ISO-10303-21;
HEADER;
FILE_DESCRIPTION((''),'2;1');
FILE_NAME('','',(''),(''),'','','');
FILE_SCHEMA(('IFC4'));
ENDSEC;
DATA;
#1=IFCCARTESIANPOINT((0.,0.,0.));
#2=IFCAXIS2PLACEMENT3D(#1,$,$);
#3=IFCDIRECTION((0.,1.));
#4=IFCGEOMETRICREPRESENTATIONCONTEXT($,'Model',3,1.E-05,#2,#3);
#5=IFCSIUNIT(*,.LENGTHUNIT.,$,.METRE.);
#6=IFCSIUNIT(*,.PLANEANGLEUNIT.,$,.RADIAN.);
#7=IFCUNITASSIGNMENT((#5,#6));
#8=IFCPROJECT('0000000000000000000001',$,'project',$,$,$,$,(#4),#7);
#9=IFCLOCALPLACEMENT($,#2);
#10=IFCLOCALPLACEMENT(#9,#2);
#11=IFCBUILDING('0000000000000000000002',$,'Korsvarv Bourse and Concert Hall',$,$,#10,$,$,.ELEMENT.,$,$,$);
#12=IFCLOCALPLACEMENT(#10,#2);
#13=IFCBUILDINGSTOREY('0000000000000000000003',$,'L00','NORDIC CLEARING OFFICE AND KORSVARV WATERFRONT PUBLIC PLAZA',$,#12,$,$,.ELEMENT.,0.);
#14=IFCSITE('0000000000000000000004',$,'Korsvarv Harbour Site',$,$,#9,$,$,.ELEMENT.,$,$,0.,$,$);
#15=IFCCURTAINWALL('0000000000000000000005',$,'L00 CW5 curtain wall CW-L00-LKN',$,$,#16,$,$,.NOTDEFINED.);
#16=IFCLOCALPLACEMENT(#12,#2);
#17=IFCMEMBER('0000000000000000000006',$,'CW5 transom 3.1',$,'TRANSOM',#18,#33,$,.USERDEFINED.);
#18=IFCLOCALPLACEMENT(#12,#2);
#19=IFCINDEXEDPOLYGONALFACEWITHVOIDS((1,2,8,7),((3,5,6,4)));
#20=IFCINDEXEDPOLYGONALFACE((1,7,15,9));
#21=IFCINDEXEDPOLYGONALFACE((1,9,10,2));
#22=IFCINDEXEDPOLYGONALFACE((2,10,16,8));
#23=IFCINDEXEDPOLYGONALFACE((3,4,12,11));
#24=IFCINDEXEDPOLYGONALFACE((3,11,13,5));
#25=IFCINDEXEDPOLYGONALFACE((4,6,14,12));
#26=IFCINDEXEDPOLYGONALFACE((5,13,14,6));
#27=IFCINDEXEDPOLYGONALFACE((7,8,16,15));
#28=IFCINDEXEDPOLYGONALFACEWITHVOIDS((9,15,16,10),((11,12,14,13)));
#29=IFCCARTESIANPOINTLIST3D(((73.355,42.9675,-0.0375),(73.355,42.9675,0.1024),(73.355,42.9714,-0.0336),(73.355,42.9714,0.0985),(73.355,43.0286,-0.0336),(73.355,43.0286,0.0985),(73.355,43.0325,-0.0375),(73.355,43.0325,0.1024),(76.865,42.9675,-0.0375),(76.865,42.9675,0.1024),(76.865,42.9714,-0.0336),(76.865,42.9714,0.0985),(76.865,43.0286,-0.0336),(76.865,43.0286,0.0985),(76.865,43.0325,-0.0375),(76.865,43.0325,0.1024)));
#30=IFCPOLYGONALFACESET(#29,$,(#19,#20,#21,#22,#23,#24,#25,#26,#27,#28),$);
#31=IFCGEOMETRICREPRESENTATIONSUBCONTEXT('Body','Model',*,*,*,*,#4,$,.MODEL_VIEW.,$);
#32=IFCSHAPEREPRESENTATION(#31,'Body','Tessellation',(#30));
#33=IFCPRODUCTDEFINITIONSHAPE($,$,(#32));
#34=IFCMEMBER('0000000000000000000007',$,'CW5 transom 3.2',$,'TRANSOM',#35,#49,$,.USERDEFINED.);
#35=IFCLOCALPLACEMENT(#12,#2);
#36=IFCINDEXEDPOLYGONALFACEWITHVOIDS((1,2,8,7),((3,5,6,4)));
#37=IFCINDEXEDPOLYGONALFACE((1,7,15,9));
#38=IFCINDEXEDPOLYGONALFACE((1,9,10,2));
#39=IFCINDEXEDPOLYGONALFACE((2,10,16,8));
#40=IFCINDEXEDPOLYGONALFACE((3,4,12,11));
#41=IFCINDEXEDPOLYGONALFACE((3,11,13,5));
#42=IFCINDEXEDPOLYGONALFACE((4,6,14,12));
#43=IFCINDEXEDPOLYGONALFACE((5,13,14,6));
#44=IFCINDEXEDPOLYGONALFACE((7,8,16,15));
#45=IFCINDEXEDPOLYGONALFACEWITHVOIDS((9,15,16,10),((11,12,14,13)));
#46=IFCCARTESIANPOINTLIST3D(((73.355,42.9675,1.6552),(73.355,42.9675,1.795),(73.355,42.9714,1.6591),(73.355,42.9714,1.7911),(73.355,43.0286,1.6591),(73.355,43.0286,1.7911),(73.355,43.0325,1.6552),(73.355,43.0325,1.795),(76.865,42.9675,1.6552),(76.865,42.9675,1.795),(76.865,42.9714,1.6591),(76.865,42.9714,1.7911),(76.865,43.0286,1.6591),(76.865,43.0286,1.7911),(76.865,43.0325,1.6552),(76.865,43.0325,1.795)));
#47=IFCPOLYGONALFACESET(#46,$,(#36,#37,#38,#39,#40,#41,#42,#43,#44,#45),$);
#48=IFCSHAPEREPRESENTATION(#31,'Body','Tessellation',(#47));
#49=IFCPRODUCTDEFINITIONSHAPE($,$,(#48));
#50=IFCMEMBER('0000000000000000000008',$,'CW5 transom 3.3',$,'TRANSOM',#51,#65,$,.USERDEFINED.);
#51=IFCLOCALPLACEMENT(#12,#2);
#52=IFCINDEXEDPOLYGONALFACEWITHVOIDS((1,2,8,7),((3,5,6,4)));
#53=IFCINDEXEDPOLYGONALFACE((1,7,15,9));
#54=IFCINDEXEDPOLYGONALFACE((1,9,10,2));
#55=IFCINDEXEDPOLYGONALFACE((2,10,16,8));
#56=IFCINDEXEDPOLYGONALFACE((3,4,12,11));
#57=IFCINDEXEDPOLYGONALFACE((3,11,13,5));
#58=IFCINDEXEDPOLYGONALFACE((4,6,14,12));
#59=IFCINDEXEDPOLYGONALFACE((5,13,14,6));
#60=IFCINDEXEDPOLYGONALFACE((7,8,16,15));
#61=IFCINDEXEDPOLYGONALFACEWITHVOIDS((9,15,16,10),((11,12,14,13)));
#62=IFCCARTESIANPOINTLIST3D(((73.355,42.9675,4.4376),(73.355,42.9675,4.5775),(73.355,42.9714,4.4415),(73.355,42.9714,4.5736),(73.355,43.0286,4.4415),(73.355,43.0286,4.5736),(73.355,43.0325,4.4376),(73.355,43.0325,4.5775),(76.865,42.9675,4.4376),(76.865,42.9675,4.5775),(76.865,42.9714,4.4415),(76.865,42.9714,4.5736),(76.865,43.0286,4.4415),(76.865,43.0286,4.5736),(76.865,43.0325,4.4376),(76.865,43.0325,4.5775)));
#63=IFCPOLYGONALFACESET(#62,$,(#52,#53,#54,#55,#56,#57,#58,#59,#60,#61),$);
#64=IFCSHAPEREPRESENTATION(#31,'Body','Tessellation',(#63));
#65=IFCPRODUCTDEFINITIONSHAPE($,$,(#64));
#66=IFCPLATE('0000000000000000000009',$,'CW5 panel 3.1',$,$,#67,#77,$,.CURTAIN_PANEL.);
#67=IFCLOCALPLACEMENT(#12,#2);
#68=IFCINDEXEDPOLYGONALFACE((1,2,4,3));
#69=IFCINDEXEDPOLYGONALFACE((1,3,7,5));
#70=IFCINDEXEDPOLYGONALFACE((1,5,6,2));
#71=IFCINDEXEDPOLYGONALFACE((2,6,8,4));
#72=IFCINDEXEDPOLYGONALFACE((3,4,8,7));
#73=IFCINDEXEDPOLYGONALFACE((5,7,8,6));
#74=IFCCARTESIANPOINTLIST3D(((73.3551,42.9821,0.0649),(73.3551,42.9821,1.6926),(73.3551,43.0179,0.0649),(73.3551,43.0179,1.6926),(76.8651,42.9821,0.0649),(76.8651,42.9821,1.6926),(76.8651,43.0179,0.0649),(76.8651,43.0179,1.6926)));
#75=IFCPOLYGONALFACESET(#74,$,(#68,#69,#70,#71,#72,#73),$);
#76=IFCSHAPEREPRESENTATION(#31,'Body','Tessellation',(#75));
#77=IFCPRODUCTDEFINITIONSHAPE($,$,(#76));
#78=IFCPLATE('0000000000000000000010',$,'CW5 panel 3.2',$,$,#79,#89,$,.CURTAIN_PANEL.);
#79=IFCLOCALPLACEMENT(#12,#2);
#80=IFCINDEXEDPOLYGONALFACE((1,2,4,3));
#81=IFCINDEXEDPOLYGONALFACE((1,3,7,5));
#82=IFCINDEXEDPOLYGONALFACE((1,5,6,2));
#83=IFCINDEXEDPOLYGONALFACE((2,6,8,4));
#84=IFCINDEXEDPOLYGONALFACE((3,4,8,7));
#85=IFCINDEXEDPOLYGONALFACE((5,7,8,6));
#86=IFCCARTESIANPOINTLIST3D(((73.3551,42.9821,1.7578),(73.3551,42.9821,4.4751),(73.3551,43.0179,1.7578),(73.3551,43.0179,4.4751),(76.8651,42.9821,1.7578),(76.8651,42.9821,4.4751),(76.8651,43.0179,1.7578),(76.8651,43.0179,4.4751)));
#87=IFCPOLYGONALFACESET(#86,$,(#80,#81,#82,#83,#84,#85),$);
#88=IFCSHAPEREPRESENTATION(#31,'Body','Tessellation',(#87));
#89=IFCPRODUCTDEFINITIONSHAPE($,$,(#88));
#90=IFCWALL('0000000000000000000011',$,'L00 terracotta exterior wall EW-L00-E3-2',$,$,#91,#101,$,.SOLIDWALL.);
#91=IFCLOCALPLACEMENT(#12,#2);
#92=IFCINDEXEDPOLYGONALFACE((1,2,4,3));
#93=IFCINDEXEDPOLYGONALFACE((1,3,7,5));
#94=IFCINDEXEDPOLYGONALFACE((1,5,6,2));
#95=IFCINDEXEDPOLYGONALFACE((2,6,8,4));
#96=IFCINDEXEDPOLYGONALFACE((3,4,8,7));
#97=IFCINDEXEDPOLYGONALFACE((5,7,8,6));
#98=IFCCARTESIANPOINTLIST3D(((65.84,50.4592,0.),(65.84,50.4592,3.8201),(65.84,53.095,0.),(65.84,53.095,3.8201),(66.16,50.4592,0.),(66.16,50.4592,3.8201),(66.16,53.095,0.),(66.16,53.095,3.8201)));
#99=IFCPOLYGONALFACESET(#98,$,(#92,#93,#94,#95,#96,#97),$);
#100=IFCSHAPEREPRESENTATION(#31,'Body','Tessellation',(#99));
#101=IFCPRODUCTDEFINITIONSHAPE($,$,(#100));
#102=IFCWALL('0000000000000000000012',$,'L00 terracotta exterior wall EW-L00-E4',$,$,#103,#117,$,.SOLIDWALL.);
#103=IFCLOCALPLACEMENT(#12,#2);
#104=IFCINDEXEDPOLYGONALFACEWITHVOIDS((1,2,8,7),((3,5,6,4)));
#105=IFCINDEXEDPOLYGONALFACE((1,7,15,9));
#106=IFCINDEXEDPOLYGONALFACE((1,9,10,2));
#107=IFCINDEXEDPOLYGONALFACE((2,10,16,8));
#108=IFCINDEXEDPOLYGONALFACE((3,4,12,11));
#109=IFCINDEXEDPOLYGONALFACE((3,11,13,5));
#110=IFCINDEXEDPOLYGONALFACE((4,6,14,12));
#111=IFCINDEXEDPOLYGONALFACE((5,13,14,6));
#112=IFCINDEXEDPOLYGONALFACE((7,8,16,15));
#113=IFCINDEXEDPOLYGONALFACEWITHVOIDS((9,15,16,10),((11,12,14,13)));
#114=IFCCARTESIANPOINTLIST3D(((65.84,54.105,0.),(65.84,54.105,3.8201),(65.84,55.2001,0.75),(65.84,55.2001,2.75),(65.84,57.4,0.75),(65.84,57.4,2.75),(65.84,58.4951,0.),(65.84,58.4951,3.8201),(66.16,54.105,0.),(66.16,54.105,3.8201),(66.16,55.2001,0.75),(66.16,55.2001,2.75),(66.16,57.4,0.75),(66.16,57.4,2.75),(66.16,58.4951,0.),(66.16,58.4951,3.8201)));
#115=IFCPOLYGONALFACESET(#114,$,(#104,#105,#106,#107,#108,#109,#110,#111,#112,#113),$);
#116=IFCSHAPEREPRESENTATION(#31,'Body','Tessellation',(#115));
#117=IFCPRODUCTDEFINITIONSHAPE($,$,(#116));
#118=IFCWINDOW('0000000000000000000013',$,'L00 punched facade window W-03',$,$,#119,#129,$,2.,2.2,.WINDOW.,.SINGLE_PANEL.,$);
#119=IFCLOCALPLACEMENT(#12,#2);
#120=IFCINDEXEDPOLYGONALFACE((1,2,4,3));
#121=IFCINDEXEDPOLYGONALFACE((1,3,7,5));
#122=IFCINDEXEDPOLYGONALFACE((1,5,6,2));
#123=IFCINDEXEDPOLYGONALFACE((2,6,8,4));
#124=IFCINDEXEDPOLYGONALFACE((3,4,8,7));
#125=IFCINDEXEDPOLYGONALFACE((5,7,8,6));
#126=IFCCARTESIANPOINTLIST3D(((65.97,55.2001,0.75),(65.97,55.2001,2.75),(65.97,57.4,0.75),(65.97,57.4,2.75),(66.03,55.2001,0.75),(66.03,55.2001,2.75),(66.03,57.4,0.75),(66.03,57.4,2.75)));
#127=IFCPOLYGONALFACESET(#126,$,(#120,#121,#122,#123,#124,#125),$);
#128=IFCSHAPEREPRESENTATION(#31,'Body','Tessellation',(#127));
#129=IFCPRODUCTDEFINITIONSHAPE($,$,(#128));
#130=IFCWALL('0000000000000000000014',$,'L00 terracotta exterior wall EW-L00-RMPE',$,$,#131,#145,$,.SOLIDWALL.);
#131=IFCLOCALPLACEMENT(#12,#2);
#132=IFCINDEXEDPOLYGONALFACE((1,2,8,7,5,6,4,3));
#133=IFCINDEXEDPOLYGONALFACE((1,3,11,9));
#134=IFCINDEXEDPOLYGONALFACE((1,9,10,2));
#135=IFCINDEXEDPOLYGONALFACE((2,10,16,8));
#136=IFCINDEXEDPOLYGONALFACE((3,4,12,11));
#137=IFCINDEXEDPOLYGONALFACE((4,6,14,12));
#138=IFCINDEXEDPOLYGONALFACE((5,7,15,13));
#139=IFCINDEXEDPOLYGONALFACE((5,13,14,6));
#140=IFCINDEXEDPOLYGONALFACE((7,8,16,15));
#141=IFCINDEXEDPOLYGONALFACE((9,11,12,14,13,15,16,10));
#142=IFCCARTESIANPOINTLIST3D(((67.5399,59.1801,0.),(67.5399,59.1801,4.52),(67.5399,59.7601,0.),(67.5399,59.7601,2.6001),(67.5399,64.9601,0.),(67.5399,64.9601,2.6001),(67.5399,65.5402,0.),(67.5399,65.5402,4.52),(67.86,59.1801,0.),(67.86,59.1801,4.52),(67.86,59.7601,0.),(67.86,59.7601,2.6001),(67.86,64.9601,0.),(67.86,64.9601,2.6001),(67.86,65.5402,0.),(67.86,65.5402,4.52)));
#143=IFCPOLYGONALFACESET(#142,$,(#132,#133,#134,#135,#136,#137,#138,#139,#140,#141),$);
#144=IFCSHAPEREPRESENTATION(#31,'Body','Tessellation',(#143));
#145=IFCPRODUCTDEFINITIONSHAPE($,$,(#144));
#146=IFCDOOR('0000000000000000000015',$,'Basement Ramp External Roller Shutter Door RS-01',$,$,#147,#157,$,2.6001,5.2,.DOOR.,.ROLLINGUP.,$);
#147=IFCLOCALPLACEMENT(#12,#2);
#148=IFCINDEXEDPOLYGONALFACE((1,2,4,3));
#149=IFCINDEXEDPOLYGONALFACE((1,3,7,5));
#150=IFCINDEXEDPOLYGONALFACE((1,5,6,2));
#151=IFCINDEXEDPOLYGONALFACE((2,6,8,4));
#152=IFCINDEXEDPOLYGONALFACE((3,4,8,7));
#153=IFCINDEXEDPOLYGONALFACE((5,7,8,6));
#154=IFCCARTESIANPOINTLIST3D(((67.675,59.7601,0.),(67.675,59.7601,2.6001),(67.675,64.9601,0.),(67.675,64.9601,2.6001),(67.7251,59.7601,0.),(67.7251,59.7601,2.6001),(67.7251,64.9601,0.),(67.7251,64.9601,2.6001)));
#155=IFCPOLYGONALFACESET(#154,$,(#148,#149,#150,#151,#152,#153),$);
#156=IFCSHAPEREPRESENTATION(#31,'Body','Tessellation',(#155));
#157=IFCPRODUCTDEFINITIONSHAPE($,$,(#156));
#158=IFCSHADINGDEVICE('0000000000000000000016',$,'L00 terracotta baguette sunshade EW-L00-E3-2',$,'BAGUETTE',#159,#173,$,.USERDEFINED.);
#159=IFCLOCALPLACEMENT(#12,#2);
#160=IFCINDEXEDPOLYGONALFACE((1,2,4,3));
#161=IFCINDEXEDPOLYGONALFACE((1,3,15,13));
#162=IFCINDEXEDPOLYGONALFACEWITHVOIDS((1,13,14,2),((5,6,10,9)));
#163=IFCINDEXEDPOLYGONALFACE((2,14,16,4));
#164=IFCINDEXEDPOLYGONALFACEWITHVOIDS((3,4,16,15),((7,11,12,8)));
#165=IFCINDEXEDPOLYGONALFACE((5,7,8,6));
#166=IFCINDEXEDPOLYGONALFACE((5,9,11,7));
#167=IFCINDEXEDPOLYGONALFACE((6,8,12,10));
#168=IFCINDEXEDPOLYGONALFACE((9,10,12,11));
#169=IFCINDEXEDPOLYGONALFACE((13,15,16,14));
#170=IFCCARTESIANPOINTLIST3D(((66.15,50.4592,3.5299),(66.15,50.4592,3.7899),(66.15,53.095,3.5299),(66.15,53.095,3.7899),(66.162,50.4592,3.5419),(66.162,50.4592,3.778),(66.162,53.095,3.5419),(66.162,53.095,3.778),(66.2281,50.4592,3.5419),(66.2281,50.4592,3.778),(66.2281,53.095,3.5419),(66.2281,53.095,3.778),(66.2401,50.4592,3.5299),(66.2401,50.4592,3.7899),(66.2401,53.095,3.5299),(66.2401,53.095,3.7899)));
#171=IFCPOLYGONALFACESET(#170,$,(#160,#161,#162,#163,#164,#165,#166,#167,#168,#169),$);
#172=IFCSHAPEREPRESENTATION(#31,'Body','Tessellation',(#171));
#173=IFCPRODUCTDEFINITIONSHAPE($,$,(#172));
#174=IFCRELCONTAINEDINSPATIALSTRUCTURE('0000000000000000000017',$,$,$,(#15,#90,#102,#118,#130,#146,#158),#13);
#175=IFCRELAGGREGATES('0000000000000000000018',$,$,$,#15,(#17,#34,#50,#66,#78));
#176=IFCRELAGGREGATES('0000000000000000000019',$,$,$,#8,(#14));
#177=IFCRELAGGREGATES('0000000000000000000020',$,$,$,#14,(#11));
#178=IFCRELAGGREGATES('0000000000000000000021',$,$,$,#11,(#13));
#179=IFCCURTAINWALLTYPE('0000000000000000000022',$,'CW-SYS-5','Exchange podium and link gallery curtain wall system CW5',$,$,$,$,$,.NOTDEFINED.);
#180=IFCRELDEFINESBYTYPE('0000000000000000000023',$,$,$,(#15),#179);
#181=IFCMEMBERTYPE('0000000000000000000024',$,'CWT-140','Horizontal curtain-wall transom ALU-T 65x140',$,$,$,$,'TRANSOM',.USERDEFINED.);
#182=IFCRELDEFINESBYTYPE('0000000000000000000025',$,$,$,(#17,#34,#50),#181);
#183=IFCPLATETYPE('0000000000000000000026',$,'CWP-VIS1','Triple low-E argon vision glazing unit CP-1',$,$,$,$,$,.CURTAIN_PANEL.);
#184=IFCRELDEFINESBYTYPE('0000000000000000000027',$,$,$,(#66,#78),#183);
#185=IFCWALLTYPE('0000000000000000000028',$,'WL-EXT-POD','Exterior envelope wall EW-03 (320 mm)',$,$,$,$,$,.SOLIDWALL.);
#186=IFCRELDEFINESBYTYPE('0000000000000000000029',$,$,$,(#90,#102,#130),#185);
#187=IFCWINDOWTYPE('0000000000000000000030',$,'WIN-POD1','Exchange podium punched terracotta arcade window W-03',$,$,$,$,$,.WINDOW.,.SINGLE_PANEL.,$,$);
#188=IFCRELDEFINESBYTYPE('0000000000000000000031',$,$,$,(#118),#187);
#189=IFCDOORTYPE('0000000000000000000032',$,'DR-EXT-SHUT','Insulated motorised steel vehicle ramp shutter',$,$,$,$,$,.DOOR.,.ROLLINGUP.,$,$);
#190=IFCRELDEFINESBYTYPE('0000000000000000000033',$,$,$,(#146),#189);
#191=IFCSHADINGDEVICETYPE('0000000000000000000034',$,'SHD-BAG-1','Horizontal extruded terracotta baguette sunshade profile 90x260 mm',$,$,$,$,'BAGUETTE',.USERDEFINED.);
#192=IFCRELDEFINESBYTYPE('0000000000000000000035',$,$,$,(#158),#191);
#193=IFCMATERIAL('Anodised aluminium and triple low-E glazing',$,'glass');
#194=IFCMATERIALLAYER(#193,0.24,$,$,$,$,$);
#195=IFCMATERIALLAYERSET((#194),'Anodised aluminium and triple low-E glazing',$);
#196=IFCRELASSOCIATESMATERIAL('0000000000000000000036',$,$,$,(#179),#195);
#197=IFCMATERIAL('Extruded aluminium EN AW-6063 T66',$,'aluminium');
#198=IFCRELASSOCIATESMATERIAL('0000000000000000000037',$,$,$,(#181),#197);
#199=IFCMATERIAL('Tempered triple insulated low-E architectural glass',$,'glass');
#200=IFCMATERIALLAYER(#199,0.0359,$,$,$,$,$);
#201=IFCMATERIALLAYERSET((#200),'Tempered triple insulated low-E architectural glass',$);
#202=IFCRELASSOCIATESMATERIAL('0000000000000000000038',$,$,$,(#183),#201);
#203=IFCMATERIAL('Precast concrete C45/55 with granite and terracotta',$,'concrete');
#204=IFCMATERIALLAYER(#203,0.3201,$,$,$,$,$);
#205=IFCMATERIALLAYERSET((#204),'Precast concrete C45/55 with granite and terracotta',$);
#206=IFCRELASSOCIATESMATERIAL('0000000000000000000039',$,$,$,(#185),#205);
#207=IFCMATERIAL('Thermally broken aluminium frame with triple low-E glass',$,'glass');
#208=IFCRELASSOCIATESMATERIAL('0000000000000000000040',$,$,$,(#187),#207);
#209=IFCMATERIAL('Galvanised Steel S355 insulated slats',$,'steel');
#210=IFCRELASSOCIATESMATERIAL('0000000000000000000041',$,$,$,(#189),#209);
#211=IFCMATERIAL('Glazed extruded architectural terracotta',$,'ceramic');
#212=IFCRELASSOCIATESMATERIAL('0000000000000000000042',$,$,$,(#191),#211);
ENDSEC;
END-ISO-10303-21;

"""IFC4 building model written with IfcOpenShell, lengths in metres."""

from ifc_helpers import new_model, si_unit, direction, frame, frame_2d, origin, origin_2d, place, context, subcontext, project, spatial, rectangle, hollow_rectangle, extrude, source, transform, mapped, material, layer, layer_set, material_profile, profile_set, type_object, element, fill, aggregate, save


model = new_model("IFC4")

# Units and contexts
model_context = context("Model", 3, precision=1e-05, world=origin(), true_north=direction((0.0, 1.0)))
body_context = subcontext(model_context, "Body", "Model", "MODEL_VIEW")
ifc_project = project(units=[si_unit("LENGTHUNIT", "METRE"), si_unit("PLANEANGLEUNIT", "RADIAN")], contexts=[model_context])

# Site, building, storey
site_placement = place(None, origin())
site = spatial("IfcSite", under=ifc_project, at=site_placement, Name="Korsvarv Harbour Site", CompositionType="ELEMENT", RefElevation=0.0)
building_placement = place(site_placement, origin())
building = spatial("IfcBuilding", under=site, at=building_placement, Name="Korsvarv Bourse and Concert Hall", CompositionType="ELEMENT")
storey_placement = place(building_placement, origin())
storey = spatial("IfcBuildingStorey", under=building, at=storey_placement, Name="L00", Description="NORDIC CLEARING OFFICE AND KORSVARV WATERFRONT PUBLIC PLAZA", CompositionType="ELEMENT", Elevation=0.0)

# Curtain wall, members, plates
ifc_material_1 = material(Name="Anodised aluminium and triple low-E glazing", Category="glass")
ifc_layer_1 = layer(ifc_material_1, 0.24)
ifc_layer_set_1 = layer_set([ifc_layer_1], Name="Anodised aluminium and triple low-E glazing")
curtain_wall_type = type_object("IfcCurtainWallType", Name="CW-SYS-5", Description="Exchange podium and link gallery curtain wall system CW5", PredefinedType="NOTDEFINED", material=ifc_layer_set_1)
curtain_wall_placement = place(storey_placement, origin())
curtain_wall = element("IfcCurtainWall", 1, at=curtain_wall_placement, inside=storey, type_object=curtain_wall_type, Name="L00 CW5 curtain wall CW-L00-LKN", PredefinedType="NOTDEFINED")
ifc_material_2 = material(Name="Extruded aluminium EN AW-6063 T66", Category="aluminium")
ifc_material_profile_1 = material_profile(ifc_material_2, hollow_rectangle(XDim=0.0649, YDim=0.1399, WallThickness=0.0039, at=origin_2d()), Name="ALU-T 65x140")
ifc_profile_set_1 = profile_set([ifc_material_profile_1], Name="Extruded aluminium EN AW-6063 T66")
member_type_1 = type_object("IfcMemberType", Name="CWT-140", Description="Horizontal curtain-wall transom ALU-T 65x140", ElementType="TRANSOM", PredefinedType="USERDEFINED", material=ifc_profile_set_1)
shared_shape_1 = source(origin(), body_context, "Body", "SweptSolid", [
    extrude(hollow_rectangle(XDim=0.0649, YDim=0.1399, WallThickness=0.0039, at=origin_2d()), origin(), (0.0, 0.0, 1.0), 3.51),
])
member_1_placement = place(storey_placement, frame((73.355, 43.0, 0.0325), z_axis=(1.0, 0.0, 0.0), x_axis=(0.0, 1.0, 0.0)))
member_1 = element("IfcMember", 2, at=member_1_placement, type_object=member_type_1, Name="CW5 transom 3.1", ObjectType="TRANSOM", PredefinedType="USERDEFINED", context=body_context, shape_type="MappedRepresentation", body=[
    mapped(shared_shape_1, transform((0.0, 0.0, 0.0), scale=1.0)),
])
member_2_placement = place(storey_placement, frame((73.355, 43.0, 1.7251), z_axis=(1.0, 0.0, 0.0), x_axis=(0.0, 1.0, 0.0)))
member_2 = element("IfcMember", 3, at=member_2_placement, type_object=member_type_1, Name="CW5 transom 3.2", ObjectType="TRANSOM", PredefinedType="USERDEFINED", context=body_context, shape_type="MappedRepresentation", body=[
    mapped(shared_shape_1, transform((0.0, 0.0, 0.0), scale=1.0)),
])
member_3_placement = place(storey_placement, frame((73.355, 43.0, 4.5076), z_axis=(1.0, 0.0, 0.0), x_axis=(0.0, 1.0, 0.0)))
member_3 = element("IfcMember", 4, at=member_3_placement, type_object=member_type_1, Name="CW5 transom 3.3", ObjectType="TRANSOM", PredefinedType="USERDEFINED", context=body_context, shape_type="MappedRepresentation", body=[
    mapped(shared_shape_1, transform((0.0, 0.0, 0.0), scale=1.0)),
])
ifc_material_3 = material(Name="Tempered triple insulated low-E architectural glass", Category="glass")
ifc_layer_2 = layer(ifc_material_3, 0.0359)
ifc_layer_set_2 = layer_set([ifc_layer_2], Name="Tempered triple insulated low-E architectural glass")
plate_type = type_object("IfcPlateType", Name="CWP-VIS1", Description="Triple low-E argon vision glazing unit CP-1", PredefinedType="CURTAIN_PANEL", material=ifc_layer_set_2)
shared_shape_2 = source(origin(), body_context, "Body", "SweptSolid", [
    extrude(rectangle(XDim=3.51, YDim=0.0359, at=origin_2d()), origin(), (0.0, 0.0, 1.0), 1.6277),
])
plate_1_placement = place(storey_placement, frame((75.1101, 43.0, 0.0649), z_axis=(0.0, 0.0, 1.0), x_axis=(1.0, 0.0, 0.0)))
plate_1 = element("IfcPlate", 5, at=plate_1_placement, type_object=plate_type, Name="CW5 panel 3.1", PredefinedType="CURTAIN_PANEL", context=body_context, shape_type="MappedRepresentation", body=[
    mapped(shared_shape_2, transform((0.0, 0.0, 0.0), scale=1.0)),
])
shared_shape_3 = source(origin(), body_context, "Body", "SweptSolid", [
    extrude(rectangle(XDim=3.51, YDim=0.0359, at=origin_2d()), origin(), (0.0, 0.0, 1.0), 2.7173),
])
plate_2_placement = place(storey_placement, frame((75.1101, 43.0, 1.7578), z_axis=(0.0, 0.0, 1.0), x_axis=(1.0, 0.0, 0.0)))
plate_2 = element("IfcPlate", 6, at=plate_2_placement, type_object=plate_type, Name="CW5 panel 3.2", PredefinedType="CURTAIN_PANEL", context=body_context, shape_type="MappedRepresentation", body=[
    mapped(shared_shape_3, transform((0.0, 0.0, 0.0), scale=1.0)),
])
aggregate(curtain_wall, [member_1, member_2, member_3, plate_1, plate_2])

# Wall
ifc_material_4 = material(Name="Precast concrete C45/55 with granite and terracotta", Category="concrete")
ifc_layer_3 = layer(ifc_material_4, 0.3201)
ifc_layer_set_3 = layer_set([ifc_layer_3], Name="Precast concrete C45/55 with granite and terracotta")
wall_type = type_object("IfcWallType", Name="WL-EXT-POD", Description="Exterior envelope wall EW-03 (320 mm)", PredefinedType="SOLIDWALL", material=ifc_layer_set_3)
wall_1_placement = place(storey_placement, frame((66.0, 50.4592, 0.0), z_axis=(0.0, 0.0, 1.0), x_axis=(0.0, 1.0, 0.0)))
element("IfcWall", 7, at=wall_1_placement, inside=storey, type_object=wall_type, Name="L00 terracotta exterior wall EW-L00-E3-2", PredefinedType="SOLIDWALL", context=body_context, shape_type="SweptSolid", body=[
    extrude(rectangle(XDim=2.6357, YDim=0.3201, at=frame_2d((1.3179, 0.0))), origin(), (0.0, 0.0, 1.0), 3.8201),
])

# Wall, opening, window
wall_2_placement = place(storey_placement, frame((66.0, 54.105, 0.0), z_axis=(0.0, 0.0, 1.0), x_axis=(0.0, 1.0, 0.0)))
wall_2 = element("IfcWall", 8, at=wall_2_placement, inside=storey, type_object=wall_type, Name="L00 terracotta exterior wall EW-L00-E4", PredefinedType="SOLIDWALL", context=body_context, shape_type="SweptSolid", body=[
    extrude(rectangle(XDim=4.3901, YDim=0.3201, at=frame_2d((2.1951, 0.0))), origin(), (0.0, 0.0, 1.0), 3.8201),
])
opening_1_placement = place(wall_2_placement, frame((1.095, 0.0, 0.75)))
opening_1 = element("IfcOpeningElement", 9, at=opening_1_placement, cuts=wall_2, PredefinedType="OPENING", context=body_context, shape_type="SweptSolid", body=[
    extrude(rectangle(XDim=2.2, YDim=2.0, at=frame_2d((1.1001, 1.0))), frame((0.0, 0.1699, 0.0), z_axis=(0.0, -1.0, 0.0), x_axis=(1.0, 0.0, 0.0)), (0.0, 0.0, 1.0), 0.3401),
])
ifc_material_5 = material(Name="Thermally broken aluminium frame with triple low-E glass", Category="glass")
window_type = type_object("IfcWindowType", Name="WIN-POD1", Description="Exchange podium punched terracotta arcade window W-03", PartitioningType="SINGLE_PANEL", PredefinedType="WINDOW", material=ifc_material_5)
window_placement = place(opening_1_placement, origin())
window = element("IfcWindow", 10, at=window_placement, inside=storey, type_object=window_type, Name="L00 punched facade window W-03", OverallHeight=2.0, OverallWidth=2.2, PartitioningType="SINGLE_PANEL", PredefinedType="WINDOW", context=body_context, shape_type="SweptSolid", body=[
    extrude(rectangle(XDim=2.2, YDim=2.0, at=frame_2d((1.1001, 1.0))), frame((0.0, 0.03, 0.0), z_axis=(0.0, -1.0, 0.0), x_axis=(1.0, 0.0, 0.0)), (0.0, 0.0, 1.0), 0.0601),
])
fill(opening_1, window)

# Wall, opening, door
wall_3_placement = place(storey_placement, frame((67.7, 59.1799, 0.0), z_axis=(0.0, 0.0, 1.0), x_axis=(0.0, 1.0, 0.0)))
wall_3 = element("IfcWall", 11, at=wall_3_placement, inside=storey, type_object=wall_type, Name="L00 terracotta exterior wall EW-L00-RMPE", PredefinedType="SOLIDWALL", context=body_context, shape_type="SweptSolid", body=[
    extrude(rectangle(XDim=6.3601, YDim=0.3201, at=frame_2d((3.1802, 0.0))), origin(), (0.0, 0.0, 1.0), 4.52),
])
opening_2_placement = place(wall_3_placement, frame((0.5801, 0.0, 0.0)))
opening_2 = element("IfcOpeningElement", 12, at=opening_2_placement, cuts=wall_3, PredefinedType="OPENING", context=body_context, shape_type="SweptSolid", body=[
    extrude(rectangle(XDim=5.2, YDim=2.6001, at=frame_2d((2.6001, 1.3))), frame((0.0, 0.1699, 0.0), z_axis=(0.0, -1.0, 0.0), x_axis=(1.0, 0.0, 0.0)), (0.0, 0.0, 1.0), 0.3401),
])
ifc_material_6 = material(Name="Galvanised Steel S355 insulated slats", Category="steel")
door_type = type_object("IfcDoorType", Name="DR-EXT-SHUT", Description="Insulated motorised steel vehicle ramp shutter", OperationType="ROLLINGUP", PredefinedType="DOOR", material=ifc_material_6)
door_placement = place(opening_2_placement, origin())
door = element("IfcDoor", 13, at=door_placement, inside=storey, type_object=door_type, Name="Basement Ramp External Roller Shutter Door RS-01", OperationType="ROLLINGUP", OverallHeight=2.6001, OverallWidth=5.2, PredefinedType="DOOR", context=body_context, shape_type="SweptSolid", body=[
    extrude(rectangle(XDim=5.2, YDim=2.6001, at=frame_2d((2.6001, 1.3))), frame((0.0, 0.0249, 0.0), z_axis=(0.0, -1.0, 0.0), x_axis=(1.0, 0.0, 0.0)), (0.0, 0.0, 1.0), 0.05),
])
fill(opening_2, door)

# Shading device
ifc_material_7 = material(Name="Glazed extruded architectural terracotta", Category="ceramic")
ifc_material_profile_2 = material_profile(ifc_material_7, hollow_rectangle(XDim=0.0901, YDim=0.26, WallThickness=0.012, at=origin_2d()), Name="TC-BAG 90x260")
ifc_profile_set_2 = profile_set([ifc_material_profile_2], Name="Glazed extruded architectural terracotta")
shading_device_type = type_object("IfcShadingDeviceType", Name="SHD-BAG-1", Description="Horizontal extruded terracotta baguette sunshade profile 90x260 mm", ElementType="BAGUETTE", PredefinedType="USERDEFINED", material=ifc_profile_set_2)
shared_shape_4 = source(origin(), body_context, "Body", "SweptSolid", [
    extrude(hollow_rectangle(XDim=0.0901, YDim=0.26, WallThickness=0.012, at=origin_2d()), origin(), (0.0, 0.0, 1.0), 2.6357),
])
shading_device_1_placement = place(storey_placement, frame((66.1951, 50.4592, 3.6599), z_axis=(0.0, 1.0, 0.0), x_axis=(-1.0, 0.0, 0.0)))
element("IfcShadingDevice", 14, at=shading_device_1_placement, inside=storey, type_object=shading_device_type, Name="L00 terracotta baguette sunshade EW-L00-E3-2", ObjectType="BAGUETTE", PredefinedType="USERDEFINED", context=body_context, shape_type="MappedRepresentation", body=[
    mapped(shared_shape_4, transform((0.0, 0.0, 0.0), scale=1.0)),
])

save(model, "model.ifc")
